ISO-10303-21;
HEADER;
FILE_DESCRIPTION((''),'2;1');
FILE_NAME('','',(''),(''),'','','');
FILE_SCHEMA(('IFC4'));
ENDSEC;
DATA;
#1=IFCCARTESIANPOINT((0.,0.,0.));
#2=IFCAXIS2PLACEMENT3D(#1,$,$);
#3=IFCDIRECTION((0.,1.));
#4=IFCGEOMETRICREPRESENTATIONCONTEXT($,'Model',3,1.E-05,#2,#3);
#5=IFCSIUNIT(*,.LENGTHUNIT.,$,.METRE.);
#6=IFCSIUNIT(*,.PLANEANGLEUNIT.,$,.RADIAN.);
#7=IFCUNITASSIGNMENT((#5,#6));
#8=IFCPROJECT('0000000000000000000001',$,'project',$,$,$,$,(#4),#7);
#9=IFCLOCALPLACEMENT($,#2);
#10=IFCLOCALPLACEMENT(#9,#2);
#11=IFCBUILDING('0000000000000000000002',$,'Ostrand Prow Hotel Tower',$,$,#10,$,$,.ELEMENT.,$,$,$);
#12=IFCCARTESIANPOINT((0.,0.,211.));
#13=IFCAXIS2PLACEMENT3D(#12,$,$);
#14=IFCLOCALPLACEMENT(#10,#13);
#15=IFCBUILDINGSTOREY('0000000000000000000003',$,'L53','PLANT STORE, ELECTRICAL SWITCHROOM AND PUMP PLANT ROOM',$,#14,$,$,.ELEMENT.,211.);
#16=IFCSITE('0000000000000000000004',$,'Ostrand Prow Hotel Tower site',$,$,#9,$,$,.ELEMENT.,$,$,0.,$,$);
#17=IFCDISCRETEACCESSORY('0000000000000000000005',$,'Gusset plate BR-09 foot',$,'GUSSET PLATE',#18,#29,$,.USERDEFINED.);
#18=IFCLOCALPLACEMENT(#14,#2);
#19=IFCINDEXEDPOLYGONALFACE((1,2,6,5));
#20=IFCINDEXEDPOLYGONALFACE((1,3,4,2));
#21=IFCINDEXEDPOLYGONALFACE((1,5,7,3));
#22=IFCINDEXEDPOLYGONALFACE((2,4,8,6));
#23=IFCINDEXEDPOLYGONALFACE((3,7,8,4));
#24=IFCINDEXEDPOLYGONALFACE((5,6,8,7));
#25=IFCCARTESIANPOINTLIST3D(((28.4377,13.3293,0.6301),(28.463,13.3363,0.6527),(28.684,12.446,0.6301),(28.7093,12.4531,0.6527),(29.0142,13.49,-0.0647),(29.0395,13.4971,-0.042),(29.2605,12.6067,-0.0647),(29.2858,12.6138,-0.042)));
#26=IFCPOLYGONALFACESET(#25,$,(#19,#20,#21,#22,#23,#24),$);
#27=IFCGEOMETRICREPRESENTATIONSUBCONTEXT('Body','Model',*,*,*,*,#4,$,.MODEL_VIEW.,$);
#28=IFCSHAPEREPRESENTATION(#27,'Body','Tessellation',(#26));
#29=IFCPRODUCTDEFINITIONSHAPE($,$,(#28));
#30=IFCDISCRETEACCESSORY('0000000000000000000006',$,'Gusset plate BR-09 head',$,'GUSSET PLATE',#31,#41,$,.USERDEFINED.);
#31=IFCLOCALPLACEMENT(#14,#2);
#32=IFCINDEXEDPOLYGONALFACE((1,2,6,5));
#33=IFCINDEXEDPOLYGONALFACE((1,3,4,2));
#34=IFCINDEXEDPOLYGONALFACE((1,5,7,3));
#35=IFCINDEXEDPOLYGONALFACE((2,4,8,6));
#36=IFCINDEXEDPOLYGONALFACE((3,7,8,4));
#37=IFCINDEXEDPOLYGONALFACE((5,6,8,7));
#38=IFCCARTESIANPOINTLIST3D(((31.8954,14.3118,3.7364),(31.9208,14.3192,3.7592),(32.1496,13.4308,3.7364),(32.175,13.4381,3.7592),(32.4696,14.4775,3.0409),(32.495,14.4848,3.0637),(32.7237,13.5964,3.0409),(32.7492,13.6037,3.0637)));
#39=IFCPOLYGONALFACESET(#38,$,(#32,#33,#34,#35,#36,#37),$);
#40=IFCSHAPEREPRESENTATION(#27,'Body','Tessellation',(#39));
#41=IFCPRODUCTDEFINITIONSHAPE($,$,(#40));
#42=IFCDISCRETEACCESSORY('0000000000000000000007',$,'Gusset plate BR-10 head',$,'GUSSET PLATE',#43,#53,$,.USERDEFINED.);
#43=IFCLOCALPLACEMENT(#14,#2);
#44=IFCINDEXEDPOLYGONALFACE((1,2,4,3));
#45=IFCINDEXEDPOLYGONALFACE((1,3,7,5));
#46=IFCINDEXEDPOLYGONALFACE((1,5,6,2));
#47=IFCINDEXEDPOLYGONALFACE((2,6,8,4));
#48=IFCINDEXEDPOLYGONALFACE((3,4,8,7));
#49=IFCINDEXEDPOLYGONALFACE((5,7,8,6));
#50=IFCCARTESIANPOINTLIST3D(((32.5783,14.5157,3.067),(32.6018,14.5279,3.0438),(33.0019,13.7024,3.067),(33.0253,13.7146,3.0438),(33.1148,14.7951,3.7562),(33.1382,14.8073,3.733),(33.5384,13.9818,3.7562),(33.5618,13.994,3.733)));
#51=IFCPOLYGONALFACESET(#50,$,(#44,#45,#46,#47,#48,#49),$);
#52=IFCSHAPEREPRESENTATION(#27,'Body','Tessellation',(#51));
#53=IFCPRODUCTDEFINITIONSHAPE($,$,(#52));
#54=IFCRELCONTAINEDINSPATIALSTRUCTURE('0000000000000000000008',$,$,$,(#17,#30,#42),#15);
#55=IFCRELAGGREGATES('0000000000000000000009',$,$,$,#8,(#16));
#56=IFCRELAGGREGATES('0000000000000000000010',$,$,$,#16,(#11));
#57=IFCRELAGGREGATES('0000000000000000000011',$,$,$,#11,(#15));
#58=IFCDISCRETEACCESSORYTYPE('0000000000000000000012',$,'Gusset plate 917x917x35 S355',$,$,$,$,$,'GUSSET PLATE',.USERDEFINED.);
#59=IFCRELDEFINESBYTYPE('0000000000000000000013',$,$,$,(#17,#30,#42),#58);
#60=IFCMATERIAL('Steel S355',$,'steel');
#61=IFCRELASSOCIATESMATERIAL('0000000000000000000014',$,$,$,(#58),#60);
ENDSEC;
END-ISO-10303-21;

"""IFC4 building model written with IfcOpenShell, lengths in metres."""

from ifc_helpers import new_model, si_unit, direction, frame, origin, origin_2d, place, context, subcontext, project, spatial, rectangle, extrude, material, material_profile, profile_set, type_object, element, save


model = new_model("IFC4")

# Units and contexts
model_context = context("Model", 3, precision=1e-05, world=origin(), true_north=direction((0.0, 1.0)))
body_context = subcontext(model_context, "Body", "Model", "MODEL_VIEW")
ifc_project = project(units=[si_unit("LENGTHUNIT", "METRE"), si_unit("PLANEANGLEUNIT", "RADIAN")], contexts=[model_context])

# Site, building, storey
site_placement = place(None, origin())
site = spatial("IfcSite", under=ifc_project, at=site_placement, Name="Ostrand Prow Hotel Tower site", CompositionType="ELEMENT", RefElevation=0.0)
building_placement = place(site_placement, origin())
building = spatial("IfcBuilding", under=site, at=building_placement, Name="Ostrand Prow Hotel Tower", CompositionType="ELEMENT")
storey_placement = place(building_placement, frame((0.0, 0.0, 211.0)))
storey = spatial("IfcBuildingStorey", under=building, at=storey_placement, Name="L53", Description="PLANT STORE, ELECTRICAL SWITCHROOM AND PUMP PLANT ROOM", CompositionType="ELEMENT", Elevation=211.0)

# Discrete accessories
ifc_material_1 = material(Name="Steel S355", Category="steel")
ifc_material_profile_1 = material_profile(ifc_material_1, rectangle(XDim=0.917, YDim=0.917, at=origin_2d()), Name="PL 917x917x35")
ifc_profile_set_1 = profile_set([ifc_material_profile_1], Name="Steel S355")
discrete_accessory_type = type_object("IfcDiscreteAccessoryType", Name="Gusset plate 917x917x35 S355", ElementType="GUSSET PLATE", PredefinedType="USERDEFINED", material=ifc_profile_set_1)
discrete_accessory_1_placement = place(storey_placement, frame((28.8491, 12.968, 0.2827), z_axis=(0.729829, 0.20351, 0.652636), x_axis=(-0.268599, 0.963252, 0.0)))
element("IfcDiscreteAccessory", 1, at=discrete_accessory_1_placement, inside=storey, type_object=discrete_accessory_type, Name="Gusset plate BR-09 foot", ObjectType="GUSSET PLATE", PredefinedType="USERDEFINED", context=body_context, shape_type="SweptSolid", body=[
    extrude(rectangle(XDim=0.917, YDim=0.917, at=origin_2d()), origin(), (0.0, 0.0, 1.0), 0.0347),
])
discrete_accessory_2_placement = place(storey_placement, frame((32.3096, 13.9541, 3.3887), z_axis=(0.728771, 0.210222, 0.65169), x_axis=(-0.277161, 0.960824, 0.0)))
element("IfcDiscreteAccessory", 2, at=discrete_accessory_2_placement, inside=storey, type_object=discrete_accessory_type, Name="Gusset plate BR-09 head", ObjectType="GUSSET PLATE", PredefinedType="USERDEFINED", context=body_context, shape_type="SweptSolid", body=[
    extrude(rectangle(XDim=0.917, YDim=0.917, at=origin_2d()), origin(), (0.0, 0.0, 1.0), 0.0349),
])
discrete_accessory_3_placement = place(storey_placement, frame((33.0818, 14.261, 3.3884), z_axis=(-0.666586, -0.34718, 0.659643), x_axis=(0.461934, -0.886914, 0.0)))
element("IfcDiscreteAccessory", 3, at=discrete_accessory_3_placement, inside=storey, type_object=discrete_accessory_type, Name="Gusset plate BR-10 head", ObjectType="GUSSET PLATE", PredefinedType="USERDEFINED", context=body_context, shape_type="SweptSolid", body=[
    extrude(rectangle(XDim=0.917, YDim=0.917, at=origin_2d()), origin(), (0.0, 0.0, 1.0), 0.0352),
])

save(model, "model.ifc")
